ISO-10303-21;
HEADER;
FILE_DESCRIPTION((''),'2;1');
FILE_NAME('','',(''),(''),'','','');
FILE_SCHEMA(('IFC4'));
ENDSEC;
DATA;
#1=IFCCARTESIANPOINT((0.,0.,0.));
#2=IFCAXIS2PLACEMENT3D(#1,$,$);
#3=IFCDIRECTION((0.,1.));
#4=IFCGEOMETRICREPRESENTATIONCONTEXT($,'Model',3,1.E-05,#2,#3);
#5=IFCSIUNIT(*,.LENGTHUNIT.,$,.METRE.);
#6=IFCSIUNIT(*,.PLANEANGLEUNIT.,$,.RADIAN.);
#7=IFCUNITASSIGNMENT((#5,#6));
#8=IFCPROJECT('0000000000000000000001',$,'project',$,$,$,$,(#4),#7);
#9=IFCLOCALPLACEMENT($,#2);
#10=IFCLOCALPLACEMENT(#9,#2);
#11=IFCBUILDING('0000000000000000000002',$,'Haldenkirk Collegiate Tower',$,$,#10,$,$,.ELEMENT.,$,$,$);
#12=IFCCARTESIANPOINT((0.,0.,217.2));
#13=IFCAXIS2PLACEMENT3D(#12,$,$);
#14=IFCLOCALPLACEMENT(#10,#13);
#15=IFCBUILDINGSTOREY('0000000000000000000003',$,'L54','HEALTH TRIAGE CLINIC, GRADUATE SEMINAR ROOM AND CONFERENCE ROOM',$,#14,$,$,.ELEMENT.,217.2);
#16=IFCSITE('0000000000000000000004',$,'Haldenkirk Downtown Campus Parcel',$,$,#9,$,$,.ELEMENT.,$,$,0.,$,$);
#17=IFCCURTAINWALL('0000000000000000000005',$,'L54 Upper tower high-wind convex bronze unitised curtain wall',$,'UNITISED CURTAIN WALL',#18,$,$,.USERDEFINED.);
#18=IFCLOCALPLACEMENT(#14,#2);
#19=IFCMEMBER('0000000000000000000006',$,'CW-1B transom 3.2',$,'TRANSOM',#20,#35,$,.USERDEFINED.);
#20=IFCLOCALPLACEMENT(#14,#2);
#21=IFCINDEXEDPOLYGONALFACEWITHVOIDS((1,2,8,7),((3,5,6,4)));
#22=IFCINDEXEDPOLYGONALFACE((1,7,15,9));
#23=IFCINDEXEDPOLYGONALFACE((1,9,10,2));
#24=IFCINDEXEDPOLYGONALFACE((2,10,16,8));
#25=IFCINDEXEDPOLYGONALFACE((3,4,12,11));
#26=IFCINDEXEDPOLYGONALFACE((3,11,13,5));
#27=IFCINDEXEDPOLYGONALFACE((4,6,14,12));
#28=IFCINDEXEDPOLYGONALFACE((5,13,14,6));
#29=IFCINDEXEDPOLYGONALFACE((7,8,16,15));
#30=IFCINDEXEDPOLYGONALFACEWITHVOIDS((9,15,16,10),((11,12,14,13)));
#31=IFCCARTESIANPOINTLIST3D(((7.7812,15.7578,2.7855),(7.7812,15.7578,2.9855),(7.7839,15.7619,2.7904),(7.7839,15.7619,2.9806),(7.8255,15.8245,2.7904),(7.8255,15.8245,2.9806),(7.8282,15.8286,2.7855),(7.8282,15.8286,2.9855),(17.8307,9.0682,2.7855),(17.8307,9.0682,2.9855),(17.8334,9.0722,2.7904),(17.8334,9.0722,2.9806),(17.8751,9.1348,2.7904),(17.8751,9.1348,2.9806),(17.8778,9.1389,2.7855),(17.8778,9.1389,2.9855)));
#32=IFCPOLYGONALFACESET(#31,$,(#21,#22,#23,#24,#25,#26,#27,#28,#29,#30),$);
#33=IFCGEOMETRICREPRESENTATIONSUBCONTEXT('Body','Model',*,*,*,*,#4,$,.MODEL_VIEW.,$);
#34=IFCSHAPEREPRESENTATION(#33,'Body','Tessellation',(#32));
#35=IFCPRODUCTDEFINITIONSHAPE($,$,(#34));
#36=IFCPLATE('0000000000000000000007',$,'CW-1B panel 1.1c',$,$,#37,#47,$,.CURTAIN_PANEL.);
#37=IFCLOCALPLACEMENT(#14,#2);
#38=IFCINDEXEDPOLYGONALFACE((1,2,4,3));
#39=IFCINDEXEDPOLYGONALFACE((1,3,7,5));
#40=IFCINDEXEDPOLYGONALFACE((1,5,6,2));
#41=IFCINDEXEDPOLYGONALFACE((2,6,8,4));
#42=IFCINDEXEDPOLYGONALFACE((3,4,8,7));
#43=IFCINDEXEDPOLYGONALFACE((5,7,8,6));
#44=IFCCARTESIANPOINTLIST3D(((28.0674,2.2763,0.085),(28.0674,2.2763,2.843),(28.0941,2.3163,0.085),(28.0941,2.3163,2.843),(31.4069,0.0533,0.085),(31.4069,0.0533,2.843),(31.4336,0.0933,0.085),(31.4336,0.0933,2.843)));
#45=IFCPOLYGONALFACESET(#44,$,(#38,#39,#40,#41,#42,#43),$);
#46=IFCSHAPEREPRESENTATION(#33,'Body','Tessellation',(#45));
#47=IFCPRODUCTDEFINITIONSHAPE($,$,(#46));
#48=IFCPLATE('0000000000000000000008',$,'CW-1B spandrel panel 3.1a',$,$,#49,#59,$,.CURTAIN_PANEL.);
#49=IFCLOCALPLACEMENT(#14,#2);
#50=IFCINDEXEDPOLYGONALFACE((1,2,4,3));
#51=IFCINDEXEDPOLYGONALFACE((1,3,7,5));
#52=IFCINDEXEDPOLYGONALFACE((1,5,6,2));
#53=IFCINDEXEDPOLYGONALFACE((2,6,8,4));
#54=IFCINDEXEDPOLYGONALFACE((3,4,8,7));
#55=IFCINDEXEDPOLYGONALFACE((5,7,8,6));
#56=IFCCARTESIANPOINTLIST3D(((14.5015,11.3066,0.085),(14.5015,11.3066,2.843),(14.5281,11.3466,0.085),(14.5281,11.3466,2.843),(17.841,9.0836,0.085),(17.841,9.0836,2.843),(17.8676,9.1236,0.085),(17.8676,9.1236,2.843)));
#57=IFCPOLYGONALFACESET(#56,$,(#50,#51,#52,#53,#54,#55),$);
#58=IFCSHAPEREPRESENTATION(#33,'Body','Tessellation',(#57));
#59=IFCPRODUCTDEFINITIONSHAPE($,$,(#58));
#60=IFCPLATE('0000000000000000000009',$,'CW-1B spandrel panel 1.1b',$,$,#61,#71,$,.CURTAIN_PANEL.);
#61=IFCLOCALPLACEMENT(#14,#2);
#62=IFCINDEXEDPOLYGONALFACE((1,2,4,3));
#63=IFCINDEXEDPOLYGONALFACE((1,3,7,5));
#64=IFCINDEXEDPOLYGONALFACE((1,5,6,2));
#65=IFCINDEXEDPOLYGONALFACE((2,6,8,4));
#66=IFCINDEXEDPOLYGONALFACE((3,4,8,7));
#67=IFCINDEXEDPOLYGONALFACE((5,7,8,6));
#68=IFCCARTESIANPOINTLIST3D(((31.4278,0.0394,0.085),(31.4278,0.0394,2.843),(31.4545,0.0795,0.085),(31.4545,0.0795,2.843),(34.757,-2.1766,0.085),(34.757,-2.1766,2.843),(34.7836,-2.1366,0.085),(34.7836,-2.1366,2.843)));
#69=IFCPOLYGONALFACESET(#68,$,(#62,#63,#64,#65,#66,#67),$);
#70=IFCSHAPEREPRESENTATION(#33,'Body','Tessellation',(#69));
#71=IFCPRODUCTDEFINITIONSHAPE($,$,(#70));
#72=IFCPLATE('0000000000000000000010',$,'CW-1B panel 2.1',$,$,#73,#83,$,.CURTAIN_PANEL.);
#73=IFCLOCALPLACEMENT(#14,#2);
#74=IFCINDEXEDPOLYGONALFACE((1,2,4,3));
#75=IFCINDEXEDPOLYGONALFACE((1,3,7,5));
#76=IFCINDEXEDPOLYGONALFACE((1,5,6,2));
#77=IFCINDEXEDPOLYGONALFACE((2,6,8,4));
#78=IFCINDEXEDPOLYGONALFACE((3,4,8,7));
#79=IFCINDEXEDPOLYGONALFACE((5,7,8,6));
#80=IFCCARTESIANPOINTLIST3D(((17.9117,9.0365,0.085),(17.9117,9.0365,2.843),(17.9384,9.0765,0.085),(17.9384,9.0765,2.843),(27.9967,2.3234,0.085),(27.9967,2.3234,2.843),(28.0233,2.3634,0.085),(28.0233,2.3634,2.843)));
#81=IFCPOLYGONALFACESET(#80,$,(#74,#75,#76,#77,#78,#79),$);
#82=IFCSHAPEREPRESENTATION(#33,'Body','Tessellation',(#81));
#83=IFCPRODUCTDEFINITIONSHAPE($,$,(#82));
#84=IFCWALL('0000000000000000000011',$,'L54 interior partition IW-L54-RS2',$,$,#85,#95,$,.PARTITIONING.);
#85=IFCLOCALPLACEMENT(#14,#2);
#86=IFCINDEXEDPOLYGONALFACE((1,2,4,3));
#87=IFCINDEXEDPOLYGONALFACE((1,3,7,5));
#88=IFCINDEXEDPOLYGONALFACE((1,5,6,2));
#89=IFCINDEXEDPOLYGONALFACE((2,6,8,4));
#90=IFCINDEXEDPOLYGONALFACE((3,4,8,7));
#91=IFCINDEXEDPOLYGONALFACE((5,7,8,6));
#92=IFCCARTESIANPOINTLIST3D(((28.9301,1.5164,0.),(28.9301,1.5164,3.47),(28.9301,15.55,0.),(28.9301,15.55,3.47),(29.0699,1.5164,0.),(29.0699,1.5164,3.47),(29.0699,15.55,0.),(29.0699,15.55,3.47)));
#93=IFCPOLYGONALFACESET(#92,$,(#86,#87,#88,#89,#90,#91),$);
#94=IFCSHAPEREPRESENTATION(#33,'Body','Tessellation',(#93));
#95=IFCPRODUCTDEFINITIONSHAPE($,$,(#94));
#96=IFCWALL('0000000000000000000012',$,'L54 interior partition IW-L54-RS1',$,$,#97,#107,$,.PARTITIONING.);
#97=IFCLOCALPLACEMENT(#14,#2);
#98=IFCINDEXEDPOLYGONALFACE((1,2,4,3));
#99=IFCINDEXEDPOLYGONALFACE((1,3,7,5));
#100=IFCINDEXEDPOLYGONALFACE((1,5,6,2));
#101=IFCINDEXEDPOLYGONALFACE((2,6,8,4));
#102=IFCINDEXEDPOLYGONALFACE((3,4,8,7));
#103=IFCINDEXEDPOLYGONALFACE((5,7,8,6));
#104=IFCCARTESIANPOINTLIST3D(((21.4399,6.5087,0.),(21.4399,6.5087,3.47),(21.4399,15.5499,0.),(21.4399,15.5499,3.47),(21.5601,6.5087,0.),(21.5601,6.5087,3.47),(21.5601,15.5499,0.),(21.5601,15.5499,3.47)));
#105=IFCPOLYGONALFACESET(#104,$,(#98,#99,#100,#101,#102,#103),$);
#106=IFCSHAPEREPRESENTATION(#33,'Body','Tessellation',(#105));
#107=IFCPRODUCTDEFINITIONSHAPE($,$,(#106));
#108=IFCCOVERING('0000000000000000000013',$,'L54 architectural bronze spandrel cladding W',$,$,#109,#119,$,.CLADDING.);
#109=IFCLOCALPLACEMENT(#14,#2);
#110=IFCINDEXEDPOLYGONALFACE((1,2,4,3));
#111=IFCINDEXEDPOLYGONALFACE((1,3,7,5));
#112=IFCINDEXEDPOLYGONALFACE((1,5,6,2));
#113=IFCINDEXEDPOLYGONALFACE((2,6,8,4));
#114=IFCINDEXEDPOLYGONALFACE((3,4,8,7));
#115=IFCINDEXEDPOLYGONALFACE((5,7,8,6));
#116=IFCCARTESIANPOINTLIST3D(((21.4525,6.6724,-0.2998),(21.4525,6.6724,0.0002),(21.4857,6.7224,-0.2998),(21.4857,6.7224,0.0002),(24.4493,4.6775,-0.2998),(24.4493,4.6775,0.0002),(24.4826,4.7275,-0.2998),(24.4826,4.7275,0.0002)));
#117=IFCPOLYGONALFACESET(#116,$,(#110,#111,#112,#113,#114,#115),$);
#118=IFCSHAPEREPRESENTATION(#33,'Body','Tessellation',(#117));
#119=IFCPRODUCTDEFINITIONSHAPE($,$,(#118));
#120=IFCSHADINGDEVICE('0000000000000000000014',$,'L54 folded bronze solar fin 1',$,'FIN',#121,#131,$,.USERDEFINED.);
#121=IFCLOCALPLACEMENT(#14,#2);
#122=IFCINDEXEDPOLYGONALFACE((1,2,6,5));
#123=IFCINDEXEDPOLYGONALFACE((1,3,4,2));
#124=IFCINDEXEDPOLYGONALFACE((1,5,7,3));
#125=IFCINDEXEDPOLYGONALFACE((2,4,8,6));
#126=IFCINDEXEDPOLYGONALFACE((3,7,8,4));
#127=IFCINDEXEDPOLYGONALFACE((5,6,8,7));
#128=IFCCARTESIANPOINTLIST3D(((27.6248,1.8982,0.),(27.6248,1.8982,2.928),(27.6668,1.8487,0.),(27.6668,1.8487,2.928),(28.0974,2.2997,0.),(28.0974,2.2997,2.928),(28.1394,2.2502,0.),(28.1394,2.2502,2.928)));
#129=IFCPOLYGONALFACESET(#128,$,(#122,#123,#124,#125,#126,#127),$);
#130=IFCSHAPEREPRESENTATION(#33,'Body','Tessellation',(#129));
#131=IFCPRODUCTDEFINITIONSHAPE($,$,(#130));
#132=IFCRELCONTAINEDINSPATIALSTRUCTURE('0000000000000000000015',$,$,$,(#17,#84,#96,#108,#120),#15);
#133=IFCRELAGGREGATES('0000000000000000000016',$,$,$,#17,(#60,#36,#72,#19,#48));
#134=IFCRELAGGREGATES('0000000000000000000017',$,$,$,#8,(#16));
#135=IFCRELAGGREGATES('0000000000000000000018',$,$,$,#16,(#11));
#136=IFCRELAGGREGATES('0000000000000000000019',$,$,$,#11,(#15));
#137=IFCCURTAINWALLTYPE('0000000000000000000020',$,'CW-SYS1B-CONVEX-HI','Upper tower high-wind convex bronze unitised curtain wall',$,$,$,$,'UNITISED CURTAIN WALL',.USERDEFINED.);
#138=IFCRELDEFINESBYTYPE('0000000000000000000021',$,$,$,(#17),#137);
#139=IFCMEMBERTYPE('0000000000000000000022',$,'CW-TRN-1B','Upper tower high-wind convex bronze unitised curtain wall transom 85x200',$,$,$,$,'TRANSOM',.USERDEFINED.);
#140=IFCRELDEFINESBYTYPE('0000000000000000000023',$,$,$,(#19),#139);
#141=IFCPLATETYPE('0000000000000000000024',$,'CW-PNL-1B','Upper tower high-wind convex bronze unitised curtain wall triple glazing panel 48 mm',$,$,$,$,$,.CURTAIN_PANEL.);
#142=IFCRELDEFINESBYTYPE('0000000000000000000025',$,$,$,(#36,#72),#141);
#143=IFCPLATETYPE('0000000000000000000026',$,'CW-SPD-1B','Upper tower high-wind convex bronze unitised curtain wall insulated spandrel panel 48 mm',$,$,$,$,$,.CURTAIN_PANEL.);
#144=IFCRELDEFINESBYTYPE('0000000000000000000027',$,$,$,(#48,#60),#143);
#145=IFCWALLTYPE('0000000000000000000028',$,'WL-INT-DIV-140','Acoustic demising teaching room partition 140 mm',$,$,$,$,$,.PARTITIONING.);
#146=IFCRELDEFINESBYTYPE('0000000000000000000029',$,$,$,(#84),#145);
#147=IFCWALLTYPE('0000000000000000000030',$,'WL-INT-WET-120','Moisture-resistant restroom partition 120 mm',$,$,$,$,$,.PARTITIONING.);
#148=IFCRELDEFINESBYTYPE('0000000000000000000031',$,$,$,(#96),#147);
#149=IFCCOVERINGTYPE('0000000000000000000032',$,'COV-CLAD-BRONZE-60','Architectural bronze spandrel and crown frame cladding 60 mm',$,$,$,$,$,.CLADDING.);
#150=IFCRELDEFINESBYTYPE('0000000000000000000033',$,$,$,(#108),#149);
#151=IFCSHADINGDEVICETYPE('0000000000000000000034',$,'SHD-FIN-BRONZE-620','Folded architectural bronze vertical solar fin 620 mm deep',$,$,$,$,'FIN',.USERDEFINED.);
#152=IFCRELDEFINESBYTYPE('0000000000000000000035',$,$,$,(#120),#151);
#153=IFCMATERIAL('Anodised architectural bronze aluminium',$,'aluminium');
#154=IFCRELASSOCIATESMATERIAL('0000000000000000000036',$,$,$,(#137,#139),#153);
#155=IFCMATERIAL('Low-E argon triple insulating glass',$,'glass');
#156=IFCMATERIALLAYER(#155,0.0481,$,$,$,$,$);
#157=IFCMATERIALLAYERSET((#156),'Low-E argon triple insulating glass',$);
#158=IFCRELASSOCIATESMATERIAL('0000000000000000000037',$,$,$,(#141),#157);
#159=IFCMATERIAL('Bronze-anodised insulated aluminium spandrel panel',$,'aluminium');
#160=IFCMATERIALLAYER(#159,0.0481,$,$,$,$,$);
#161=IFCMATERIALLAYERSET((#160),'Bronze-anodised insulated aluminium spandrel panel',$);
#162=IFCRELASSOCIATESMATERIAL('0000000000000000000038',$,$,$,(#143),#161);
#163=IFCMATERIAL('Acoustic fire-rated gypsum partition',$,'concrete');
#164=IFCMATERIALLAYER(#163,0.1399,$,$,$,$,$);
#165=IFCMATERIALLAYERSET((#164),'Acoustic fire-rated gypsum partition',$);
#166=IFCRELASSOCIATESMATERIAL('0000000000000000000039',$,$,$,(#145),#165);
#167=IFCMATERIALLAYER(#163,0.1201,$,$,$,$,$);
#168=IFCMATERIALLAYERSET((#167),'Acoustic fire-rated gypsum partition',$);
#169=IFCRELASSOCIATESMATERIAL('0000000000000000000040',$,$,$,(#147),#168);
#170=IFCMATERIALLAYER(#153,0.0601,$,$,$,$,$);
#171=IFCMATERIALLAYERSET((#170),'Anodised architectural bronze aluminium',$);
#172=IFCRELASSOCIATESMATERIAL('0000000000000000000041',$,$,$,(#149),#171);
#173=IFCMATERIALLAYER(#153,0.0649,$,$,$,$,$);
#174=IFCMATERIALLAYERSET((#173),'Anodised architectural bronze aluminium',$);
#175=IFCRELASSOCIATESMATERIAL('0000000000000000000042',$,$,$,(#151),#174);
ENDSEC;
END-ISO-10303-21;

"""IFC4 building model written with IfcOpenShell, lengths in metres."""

from ifc_helpers import new_model, si_unit, direction, frame, frame_2d, origin, origin_2d, place, context, subcontext, project, spatial, rectangle, hollow_rectangle, extrude, source, transform, mapped, material, layer, layer_set, material_profile, profile_set, type_object, element, aggregate, save


model = new_model("IFC4")

# Units and contexts
model_context = context("Model", 3, precision=1e-05, world=origin(), true_north=direction((0.0, 1.0)))
body_context = subcontext(model_context, "Body", "Model", "MODEL_VIEW")
ifc_project = project(units=[si_unit("LENGTHUNIT", "METRE"), si_unit("PLANEANGLEUNIT", "RADIAN")], contexts=[model_context])

# Site, building, storey
site_placement = place(None, origin())
site = spatial("IfcSite", under=ifc_project, at=site_placement, Name="Haldenkirk Downtown Campus Parcel", CompositionType="ELEMENT", RefElevation=0.0)
building_placement = place(site_placement, origin())
building = spatial("IfcBuilding", under=site, at=building_placement, Name="Haldenkirk Collegiate Tower", CompositionType="ELEMENT")
storey_placement = place(building_placement, frame((0.0, 0.0, 217.2)))
storey = spatial("IfcBuildingStorey", under=building, at=storey_placement, Name="L54", Description="HEALTH TRIAGE CLINIC, GRADUATE SEMINAR ROOM AND CONFERENCE ROOM", CompositionType="ELEMENT", Elevation=217.2)

# Curtain wall, member, plates
ifc_material_1 = material(Name="Anodised architectural bronze aluminium", Category="aluminium")
curtain_wall_type = type_object("IfcCurtainWallType", Name="CW-SYS1B-CONVEX-HI", Description="Upper tower high-wind convex bronze unitised curtain wall", ElementType="UNITISED CURTAIN WALL", PredefinedType="USERDEFINED", material=ifc_material_1)
curtain_wall_placement = place(storey_placement, origin())
curtain_wall = element("IfcCurtainWall", 1, at=curtain_wall_placement, inside=storey, type_object=curtain_wall_type, Name="L54 Upper tower high-wind convex bronze unitised curtain wall", ObjectType="UNITISED CURTAIN WALL", PredefinedType="USERDEFINED")
ifc_material_profile_1 = material_profile(ifc_material_1, hollow_rectangle(XDim=0.085, YDim=0.2, WallThickness=0.0049, at=origin_2d()), Name="CW-TRN-1B")
ifc_profile_set_1 = profile_set([ifc_material_profile_1], Name="Anodised architectural bronze aluminium")
member_type_1 = type_object("IfcMemberType", Name="CW-TRN-1B", Description="Upper tower high-wind convex bronze unitised curtain wall transom 85x200", ElementType="TRANSOM", PredefinedType="USERDEFINED", material=ifc_profile_set_1)
member_1_placement = place(storey_placement, frame((17.8542, 9.1035, 2.8855), z_axis=(-0.832433, 0.554126, 0.0), x_axis=(-0.554126, -0.832433, 0.0)))
member_1 = element("IfcMember", 2, at=member_1_placement, type_object=member_type_1, Name="CW-1B transom 3.2", ObjectType="TRANSOM", PredefinedType="USERDEFINED", context=body_context, shape_type="SweptSolid", body=[
    extrude(hollow_rectangle(XDim=0.085, YDim=0.2, WallThickness=0.0049, at=origin_2d()), origin(), (0.0, 0.0, 1.0), 12.0725),
])
ifc_material_2 = material(Name="Low-E argon triple insulating glass", Category="glass")
ifc_layer_1 = layer(ifc_material_2, 0.0481)
ifc_layer_set_1 = layer_set([ifc_layer_1], Name="Low-E argon triple insulating glass")
plate_type_1 = type_object("IfcPlateType", Name="CW-PNL-1B", Description="Upper tower high-wind convex bronze unitised curtain wall triple glazing panel 48 mm", PredefinedType="CURTAIN_PANEL", material=ifc_layer_set_1)
shared_shape_1 = source(origin(), body_context, "Body", "SweptSolid", [
    extrude(rectangle(XDim=4.0117, YDim=0.0481, at=origin_2d()), origin(), (0.0, 0.0, 1.0), 2.7581),
])
plate_1_placement = place(storey_placement, frame((29.7505, 1.1848, 0.085), z_axis=(0.0, 0.0, 1.0), x_axis=(-0.832437, 0.55412, 0.0)))
plate_1 = element("IfcPlate", 3, at=plate_1_placement, type_object=plate_type_1, Name="CW-1B panel 1.1c", PredefinedType="CURTAIN_PANEL", context=body_context, shape_type="MappedRepresentation", body=[
    mapped(shared_shape_1, transform((0.0, 0.0, 0.0), x_axis=(1.0, 0.0, 0.0), y_axis=(0.0, 1.0, 0.0), z_axis=(0.0, 0.0, 1.0), scale=1.0)),
])
ifc_material_3 = material(Name="Bronze-anodised insulated aluminium spandrel panel", Category="aluminium")
ifc_layer_2 = layer(ifc_material_3, 0.0481)
ifc_layer_set_2 = layer_set([ifc_layer_2], Name="Bronze-anodised insulated aluminium spandrel panel")
plate_type_2 = type_object("IfcPlateType", Name="CW-SPD-1B", Description="Upper tower high-wind convex bronze unitised curtain wall insulated spandrel panel 48 mm", PredefinedType="CURTAIN_PANEL", material=ifc_layer_set_2)
plate_2_placement = place(storey_placement, frame((16.1846, 10.2151, 0.085), z_axis=(0.0, 0.0, 1.0), x_axis=(-0.832437, 0.55412, 0.0)))
plate_2 = element("IfcPlate", 4, at=plate_2_placement, type_object=plate_type_2, Name="CW-1B spandrel panel 3.1a", PredefinedType="CURTAIN_PANEL", context=body_context, shape_type="MappedRepresentation", body=[
    mapped(shared_shape_1, transform((0.0, 0.0, 0.0), x_axis=(1.0, 0.0, 0.0), y_axis=(0.0, 1.0, 0.0), z_axis=(0.0, 0.0, 1.0), scale=1.0)),
])
shared_shape_2 = source(origin(), body_context, "Body", "SweptSolid", [
    extrude(rectangle(XDim=3.9993, YDim=0.0481, at=origin_2d()), origin(), (0.0, 0.0, 1.0), 2.7581),
])
plate_3_placement = place(storey_placement, frame((33.1057, -1.0486, 0.085), z_axis=(0.0, 0.0, 1.0), x_axis=(-0.832437, 0.55412, 0.0)))
plate_3 = element("IfcPlate", 5, at=plate_3_placement, type_object=plate_type_2, Name="CW-1B spandrel panel 1.1b", PredefinedType="CURTAIN_PANEL", context=body_context, shape_type="MappedRepresentation", body=[
    mapped(shared_shape_2, transform((0.0, 0.0, 0.0), x_axis=(1.0, 0.0, 0.0), y_axis=(0.0, 1.0, 0.0), z_axis=(0.0, 0.0, 1.0), scale=1.0)),
])
shared_shape_3 = source(origin(), body_context, "Body", "SweptSolid", [
    extrude(rectangle(XDim=12.115, YDim=0.0481, at=origin_2d()), origin(), (0.0, 0.0, 1.0), 2.7581),
])
plate_4_placement = place(storey_placement, frame((22.9675, 5.7, 0.085), z_axis=(0.0, 0.0, 1.0), x_axis=(-0.832437, 0.55412, 0.0)))
plate_4 = element("IfcPlate", 6, at=plate_4_placement, type_object=plate_type_1, Name="CW-1B panel 2.1", PredefinedType="CURTAIN_PANEL", context=body_context, shape_type="MappedRepresentation", body=[
    mapped(shared_shape_3, transform((0.0, 0.0, 0.0), x_axis=(1.0, 0.0, 0.0), y_axis=(0.0, 1.0, 0.0), z_axis=(0.0, 0.0, 1.0), scale=1.0)),
])
aggregate(curtain_wall, [plate_3, plate_1, plate_4, member_1, plate_2])

# Walls
ifc_material_4 = material(Name="Acoustic fire-rated gypsum partition", Category="concrete")
ifc_layer_3 = layer(ifc_material_4, 0.1399)
ifc_layer_set_3 = layer_set([ifc_layer_3], Name="Acoustic fire-rated gypsum partition")
wall_type_1 = type_object("IfcWallType", Name="WL-INT-DIV-140", Description="Acoustic demising teaching room partition 140 mm", PredefinedType="PARTITIONING", material=ifc_layer_set_3)
wall_1_placement = place(storey_placement, frame((29.0, 1.5164, 0.0), z_axis=(0.0, 0.0, 1.0), x_axis=(0.0, 1.0, 0.0)))
element("IfcWall", 7, at=wall_1_placement, inside=storey, type_object=wall_type_1, Name="L54 interior partition IW-L54-RS2", PredefinedType="PARTITIONING", context=body_context, shape_type="SweptSolid", body=[
    extrude(rectangle(XDim=14.0337, YDim=0.1399, at=frame_2d((7.0168, 0.0))), origin(), (0.0, 0.0, 1.0), 3.47),
])
ifc_layer_4 = layer(ifc_material_4, 0.1201)
ifc_layer_set_4 = layer_set([ifc_layer_4], Name="Acoustic fire-rated gypsum partition")
wall_type_2 = type_object("IfcWallType", Name="WL-INT-WET-120", Description="Moisture-resistant restroom partition 120 mm", PredefinedType="PARTITIONING", material=ifc_layer_set_4)
wall_2_placement = place(storey_placement, frame((21.5, 6.5088, 0.0), z_axis=(0.0, 0.0, 1.0), x_axis=(0.0, 1.0, 0.0)))
element("IfcWall", 8, at=wall_2_placement, inside=storey, type_object=wall_type_2, Name="L54 interior partition IW-L54-RS1", PredefinedType="PARTITIONING", context=body_context, shape_type="SweptSolid", body=[
    extrude(rectangle(XDim=9.0413, YDim=0.1201, at=frame_2d((4.5205, 0.0))), origin(), (0.0, 0.0, 1.0), 3.47),
])

# Covering
ifc_layer_5 = layer(ifc_material_1, 0.0601)
ifc_layer_set_5 = layer_set([ifc_layer_5], Name="Anodised architectural bronze aluminium")
covering_type = type_object("IfcCoveringType", Name="COV-CLAD-BRONZE-60", Description="Architectural bronze spandrel and crown frame cladding 60 mm", PredefinedType="CLADDING", material=ifc_layer_set_5)
shared_shape_4 = source(origin(), body_context, "Body", "SweptSolid", [
    extrude(rectangle(XDim=3.6001, YDim=0.0601, at=origin_2d()), origin(), (0.0, 0.0, 1.0), 0.3),
])
covering_placement = place(storey_placement, frame((22.9675, 5.7, -0.2998), z_axis=(0.0, 0.0, 1.0), x_axis=(-0.832438, 0.554118, 0.0)))
element("IfcCovering", 9, at=covering_placement, inside=storey, type_object=covering_type, Name="L54 architectural bronze spandrel cladding W", PredefinedType="CLADDING", context=body_context, shape_type="MappedRepresentation", body=[
    mapped(shared_shape_4, transform((0.0, 0.0, 0.0), x_axis=(1.0, 0.0, 0.0), y_axis=(0.0, 1.0, 0.0), z_axis=(0.0, 0.0, 1.0), scale=1.0)),
])

# Shading device
ifc_layer_6 = layer(ifc_material_1, 0.0649)
ifc_layer_set_6 = layer_set([ifc_layer_6], Name="Anodised architectural bronze aluminium")
shading_device_type = type_object("IfcShadingDeviceType", Name="SHD-FIN-BRONZE-620", Description="Folded architectural bronze vertical solar fin 620 mm deep", ElementType="FIN", PredefinedType="USERDEFINED", material=ifc_layer_set_6)
shared_shape_5 = source(origin(), body_context, "Body", "SweptSolid", [
    extrude(rectangle(XDim=0.6201, YDim=0.0649, at=origin_2d()), origin(), (0.0, 0.0, 1.0), 2.928),
])
shading_device_placement = place(storey_placement, frame((27.8821, 2.0742, 0.0), z_axis=(0.0, 0.0, 1.0), x_axis=(-0.762104, -0.647455, 0.0)))
element("IfcShadingDevice", 10, at=shading_device_placement, inside=storey, type_object=shading_device_type, Name="L54 folded bronze solar fin 1", ObjectType="FIN", PredefinedType="USERDEFINED", context=body_context, shape_type="MappedRepresentation", body=[
    mapped(shared_shape_5, transform((0.0, 0.0, 0.0), x_axis=(1.0, 0.0, 0.0), y_axis=(0.0, 1.0, 0.0), z_axis=(0.0, 0.0, 1.0), scale=1.0)),
])

save(model, "model.ifc")
